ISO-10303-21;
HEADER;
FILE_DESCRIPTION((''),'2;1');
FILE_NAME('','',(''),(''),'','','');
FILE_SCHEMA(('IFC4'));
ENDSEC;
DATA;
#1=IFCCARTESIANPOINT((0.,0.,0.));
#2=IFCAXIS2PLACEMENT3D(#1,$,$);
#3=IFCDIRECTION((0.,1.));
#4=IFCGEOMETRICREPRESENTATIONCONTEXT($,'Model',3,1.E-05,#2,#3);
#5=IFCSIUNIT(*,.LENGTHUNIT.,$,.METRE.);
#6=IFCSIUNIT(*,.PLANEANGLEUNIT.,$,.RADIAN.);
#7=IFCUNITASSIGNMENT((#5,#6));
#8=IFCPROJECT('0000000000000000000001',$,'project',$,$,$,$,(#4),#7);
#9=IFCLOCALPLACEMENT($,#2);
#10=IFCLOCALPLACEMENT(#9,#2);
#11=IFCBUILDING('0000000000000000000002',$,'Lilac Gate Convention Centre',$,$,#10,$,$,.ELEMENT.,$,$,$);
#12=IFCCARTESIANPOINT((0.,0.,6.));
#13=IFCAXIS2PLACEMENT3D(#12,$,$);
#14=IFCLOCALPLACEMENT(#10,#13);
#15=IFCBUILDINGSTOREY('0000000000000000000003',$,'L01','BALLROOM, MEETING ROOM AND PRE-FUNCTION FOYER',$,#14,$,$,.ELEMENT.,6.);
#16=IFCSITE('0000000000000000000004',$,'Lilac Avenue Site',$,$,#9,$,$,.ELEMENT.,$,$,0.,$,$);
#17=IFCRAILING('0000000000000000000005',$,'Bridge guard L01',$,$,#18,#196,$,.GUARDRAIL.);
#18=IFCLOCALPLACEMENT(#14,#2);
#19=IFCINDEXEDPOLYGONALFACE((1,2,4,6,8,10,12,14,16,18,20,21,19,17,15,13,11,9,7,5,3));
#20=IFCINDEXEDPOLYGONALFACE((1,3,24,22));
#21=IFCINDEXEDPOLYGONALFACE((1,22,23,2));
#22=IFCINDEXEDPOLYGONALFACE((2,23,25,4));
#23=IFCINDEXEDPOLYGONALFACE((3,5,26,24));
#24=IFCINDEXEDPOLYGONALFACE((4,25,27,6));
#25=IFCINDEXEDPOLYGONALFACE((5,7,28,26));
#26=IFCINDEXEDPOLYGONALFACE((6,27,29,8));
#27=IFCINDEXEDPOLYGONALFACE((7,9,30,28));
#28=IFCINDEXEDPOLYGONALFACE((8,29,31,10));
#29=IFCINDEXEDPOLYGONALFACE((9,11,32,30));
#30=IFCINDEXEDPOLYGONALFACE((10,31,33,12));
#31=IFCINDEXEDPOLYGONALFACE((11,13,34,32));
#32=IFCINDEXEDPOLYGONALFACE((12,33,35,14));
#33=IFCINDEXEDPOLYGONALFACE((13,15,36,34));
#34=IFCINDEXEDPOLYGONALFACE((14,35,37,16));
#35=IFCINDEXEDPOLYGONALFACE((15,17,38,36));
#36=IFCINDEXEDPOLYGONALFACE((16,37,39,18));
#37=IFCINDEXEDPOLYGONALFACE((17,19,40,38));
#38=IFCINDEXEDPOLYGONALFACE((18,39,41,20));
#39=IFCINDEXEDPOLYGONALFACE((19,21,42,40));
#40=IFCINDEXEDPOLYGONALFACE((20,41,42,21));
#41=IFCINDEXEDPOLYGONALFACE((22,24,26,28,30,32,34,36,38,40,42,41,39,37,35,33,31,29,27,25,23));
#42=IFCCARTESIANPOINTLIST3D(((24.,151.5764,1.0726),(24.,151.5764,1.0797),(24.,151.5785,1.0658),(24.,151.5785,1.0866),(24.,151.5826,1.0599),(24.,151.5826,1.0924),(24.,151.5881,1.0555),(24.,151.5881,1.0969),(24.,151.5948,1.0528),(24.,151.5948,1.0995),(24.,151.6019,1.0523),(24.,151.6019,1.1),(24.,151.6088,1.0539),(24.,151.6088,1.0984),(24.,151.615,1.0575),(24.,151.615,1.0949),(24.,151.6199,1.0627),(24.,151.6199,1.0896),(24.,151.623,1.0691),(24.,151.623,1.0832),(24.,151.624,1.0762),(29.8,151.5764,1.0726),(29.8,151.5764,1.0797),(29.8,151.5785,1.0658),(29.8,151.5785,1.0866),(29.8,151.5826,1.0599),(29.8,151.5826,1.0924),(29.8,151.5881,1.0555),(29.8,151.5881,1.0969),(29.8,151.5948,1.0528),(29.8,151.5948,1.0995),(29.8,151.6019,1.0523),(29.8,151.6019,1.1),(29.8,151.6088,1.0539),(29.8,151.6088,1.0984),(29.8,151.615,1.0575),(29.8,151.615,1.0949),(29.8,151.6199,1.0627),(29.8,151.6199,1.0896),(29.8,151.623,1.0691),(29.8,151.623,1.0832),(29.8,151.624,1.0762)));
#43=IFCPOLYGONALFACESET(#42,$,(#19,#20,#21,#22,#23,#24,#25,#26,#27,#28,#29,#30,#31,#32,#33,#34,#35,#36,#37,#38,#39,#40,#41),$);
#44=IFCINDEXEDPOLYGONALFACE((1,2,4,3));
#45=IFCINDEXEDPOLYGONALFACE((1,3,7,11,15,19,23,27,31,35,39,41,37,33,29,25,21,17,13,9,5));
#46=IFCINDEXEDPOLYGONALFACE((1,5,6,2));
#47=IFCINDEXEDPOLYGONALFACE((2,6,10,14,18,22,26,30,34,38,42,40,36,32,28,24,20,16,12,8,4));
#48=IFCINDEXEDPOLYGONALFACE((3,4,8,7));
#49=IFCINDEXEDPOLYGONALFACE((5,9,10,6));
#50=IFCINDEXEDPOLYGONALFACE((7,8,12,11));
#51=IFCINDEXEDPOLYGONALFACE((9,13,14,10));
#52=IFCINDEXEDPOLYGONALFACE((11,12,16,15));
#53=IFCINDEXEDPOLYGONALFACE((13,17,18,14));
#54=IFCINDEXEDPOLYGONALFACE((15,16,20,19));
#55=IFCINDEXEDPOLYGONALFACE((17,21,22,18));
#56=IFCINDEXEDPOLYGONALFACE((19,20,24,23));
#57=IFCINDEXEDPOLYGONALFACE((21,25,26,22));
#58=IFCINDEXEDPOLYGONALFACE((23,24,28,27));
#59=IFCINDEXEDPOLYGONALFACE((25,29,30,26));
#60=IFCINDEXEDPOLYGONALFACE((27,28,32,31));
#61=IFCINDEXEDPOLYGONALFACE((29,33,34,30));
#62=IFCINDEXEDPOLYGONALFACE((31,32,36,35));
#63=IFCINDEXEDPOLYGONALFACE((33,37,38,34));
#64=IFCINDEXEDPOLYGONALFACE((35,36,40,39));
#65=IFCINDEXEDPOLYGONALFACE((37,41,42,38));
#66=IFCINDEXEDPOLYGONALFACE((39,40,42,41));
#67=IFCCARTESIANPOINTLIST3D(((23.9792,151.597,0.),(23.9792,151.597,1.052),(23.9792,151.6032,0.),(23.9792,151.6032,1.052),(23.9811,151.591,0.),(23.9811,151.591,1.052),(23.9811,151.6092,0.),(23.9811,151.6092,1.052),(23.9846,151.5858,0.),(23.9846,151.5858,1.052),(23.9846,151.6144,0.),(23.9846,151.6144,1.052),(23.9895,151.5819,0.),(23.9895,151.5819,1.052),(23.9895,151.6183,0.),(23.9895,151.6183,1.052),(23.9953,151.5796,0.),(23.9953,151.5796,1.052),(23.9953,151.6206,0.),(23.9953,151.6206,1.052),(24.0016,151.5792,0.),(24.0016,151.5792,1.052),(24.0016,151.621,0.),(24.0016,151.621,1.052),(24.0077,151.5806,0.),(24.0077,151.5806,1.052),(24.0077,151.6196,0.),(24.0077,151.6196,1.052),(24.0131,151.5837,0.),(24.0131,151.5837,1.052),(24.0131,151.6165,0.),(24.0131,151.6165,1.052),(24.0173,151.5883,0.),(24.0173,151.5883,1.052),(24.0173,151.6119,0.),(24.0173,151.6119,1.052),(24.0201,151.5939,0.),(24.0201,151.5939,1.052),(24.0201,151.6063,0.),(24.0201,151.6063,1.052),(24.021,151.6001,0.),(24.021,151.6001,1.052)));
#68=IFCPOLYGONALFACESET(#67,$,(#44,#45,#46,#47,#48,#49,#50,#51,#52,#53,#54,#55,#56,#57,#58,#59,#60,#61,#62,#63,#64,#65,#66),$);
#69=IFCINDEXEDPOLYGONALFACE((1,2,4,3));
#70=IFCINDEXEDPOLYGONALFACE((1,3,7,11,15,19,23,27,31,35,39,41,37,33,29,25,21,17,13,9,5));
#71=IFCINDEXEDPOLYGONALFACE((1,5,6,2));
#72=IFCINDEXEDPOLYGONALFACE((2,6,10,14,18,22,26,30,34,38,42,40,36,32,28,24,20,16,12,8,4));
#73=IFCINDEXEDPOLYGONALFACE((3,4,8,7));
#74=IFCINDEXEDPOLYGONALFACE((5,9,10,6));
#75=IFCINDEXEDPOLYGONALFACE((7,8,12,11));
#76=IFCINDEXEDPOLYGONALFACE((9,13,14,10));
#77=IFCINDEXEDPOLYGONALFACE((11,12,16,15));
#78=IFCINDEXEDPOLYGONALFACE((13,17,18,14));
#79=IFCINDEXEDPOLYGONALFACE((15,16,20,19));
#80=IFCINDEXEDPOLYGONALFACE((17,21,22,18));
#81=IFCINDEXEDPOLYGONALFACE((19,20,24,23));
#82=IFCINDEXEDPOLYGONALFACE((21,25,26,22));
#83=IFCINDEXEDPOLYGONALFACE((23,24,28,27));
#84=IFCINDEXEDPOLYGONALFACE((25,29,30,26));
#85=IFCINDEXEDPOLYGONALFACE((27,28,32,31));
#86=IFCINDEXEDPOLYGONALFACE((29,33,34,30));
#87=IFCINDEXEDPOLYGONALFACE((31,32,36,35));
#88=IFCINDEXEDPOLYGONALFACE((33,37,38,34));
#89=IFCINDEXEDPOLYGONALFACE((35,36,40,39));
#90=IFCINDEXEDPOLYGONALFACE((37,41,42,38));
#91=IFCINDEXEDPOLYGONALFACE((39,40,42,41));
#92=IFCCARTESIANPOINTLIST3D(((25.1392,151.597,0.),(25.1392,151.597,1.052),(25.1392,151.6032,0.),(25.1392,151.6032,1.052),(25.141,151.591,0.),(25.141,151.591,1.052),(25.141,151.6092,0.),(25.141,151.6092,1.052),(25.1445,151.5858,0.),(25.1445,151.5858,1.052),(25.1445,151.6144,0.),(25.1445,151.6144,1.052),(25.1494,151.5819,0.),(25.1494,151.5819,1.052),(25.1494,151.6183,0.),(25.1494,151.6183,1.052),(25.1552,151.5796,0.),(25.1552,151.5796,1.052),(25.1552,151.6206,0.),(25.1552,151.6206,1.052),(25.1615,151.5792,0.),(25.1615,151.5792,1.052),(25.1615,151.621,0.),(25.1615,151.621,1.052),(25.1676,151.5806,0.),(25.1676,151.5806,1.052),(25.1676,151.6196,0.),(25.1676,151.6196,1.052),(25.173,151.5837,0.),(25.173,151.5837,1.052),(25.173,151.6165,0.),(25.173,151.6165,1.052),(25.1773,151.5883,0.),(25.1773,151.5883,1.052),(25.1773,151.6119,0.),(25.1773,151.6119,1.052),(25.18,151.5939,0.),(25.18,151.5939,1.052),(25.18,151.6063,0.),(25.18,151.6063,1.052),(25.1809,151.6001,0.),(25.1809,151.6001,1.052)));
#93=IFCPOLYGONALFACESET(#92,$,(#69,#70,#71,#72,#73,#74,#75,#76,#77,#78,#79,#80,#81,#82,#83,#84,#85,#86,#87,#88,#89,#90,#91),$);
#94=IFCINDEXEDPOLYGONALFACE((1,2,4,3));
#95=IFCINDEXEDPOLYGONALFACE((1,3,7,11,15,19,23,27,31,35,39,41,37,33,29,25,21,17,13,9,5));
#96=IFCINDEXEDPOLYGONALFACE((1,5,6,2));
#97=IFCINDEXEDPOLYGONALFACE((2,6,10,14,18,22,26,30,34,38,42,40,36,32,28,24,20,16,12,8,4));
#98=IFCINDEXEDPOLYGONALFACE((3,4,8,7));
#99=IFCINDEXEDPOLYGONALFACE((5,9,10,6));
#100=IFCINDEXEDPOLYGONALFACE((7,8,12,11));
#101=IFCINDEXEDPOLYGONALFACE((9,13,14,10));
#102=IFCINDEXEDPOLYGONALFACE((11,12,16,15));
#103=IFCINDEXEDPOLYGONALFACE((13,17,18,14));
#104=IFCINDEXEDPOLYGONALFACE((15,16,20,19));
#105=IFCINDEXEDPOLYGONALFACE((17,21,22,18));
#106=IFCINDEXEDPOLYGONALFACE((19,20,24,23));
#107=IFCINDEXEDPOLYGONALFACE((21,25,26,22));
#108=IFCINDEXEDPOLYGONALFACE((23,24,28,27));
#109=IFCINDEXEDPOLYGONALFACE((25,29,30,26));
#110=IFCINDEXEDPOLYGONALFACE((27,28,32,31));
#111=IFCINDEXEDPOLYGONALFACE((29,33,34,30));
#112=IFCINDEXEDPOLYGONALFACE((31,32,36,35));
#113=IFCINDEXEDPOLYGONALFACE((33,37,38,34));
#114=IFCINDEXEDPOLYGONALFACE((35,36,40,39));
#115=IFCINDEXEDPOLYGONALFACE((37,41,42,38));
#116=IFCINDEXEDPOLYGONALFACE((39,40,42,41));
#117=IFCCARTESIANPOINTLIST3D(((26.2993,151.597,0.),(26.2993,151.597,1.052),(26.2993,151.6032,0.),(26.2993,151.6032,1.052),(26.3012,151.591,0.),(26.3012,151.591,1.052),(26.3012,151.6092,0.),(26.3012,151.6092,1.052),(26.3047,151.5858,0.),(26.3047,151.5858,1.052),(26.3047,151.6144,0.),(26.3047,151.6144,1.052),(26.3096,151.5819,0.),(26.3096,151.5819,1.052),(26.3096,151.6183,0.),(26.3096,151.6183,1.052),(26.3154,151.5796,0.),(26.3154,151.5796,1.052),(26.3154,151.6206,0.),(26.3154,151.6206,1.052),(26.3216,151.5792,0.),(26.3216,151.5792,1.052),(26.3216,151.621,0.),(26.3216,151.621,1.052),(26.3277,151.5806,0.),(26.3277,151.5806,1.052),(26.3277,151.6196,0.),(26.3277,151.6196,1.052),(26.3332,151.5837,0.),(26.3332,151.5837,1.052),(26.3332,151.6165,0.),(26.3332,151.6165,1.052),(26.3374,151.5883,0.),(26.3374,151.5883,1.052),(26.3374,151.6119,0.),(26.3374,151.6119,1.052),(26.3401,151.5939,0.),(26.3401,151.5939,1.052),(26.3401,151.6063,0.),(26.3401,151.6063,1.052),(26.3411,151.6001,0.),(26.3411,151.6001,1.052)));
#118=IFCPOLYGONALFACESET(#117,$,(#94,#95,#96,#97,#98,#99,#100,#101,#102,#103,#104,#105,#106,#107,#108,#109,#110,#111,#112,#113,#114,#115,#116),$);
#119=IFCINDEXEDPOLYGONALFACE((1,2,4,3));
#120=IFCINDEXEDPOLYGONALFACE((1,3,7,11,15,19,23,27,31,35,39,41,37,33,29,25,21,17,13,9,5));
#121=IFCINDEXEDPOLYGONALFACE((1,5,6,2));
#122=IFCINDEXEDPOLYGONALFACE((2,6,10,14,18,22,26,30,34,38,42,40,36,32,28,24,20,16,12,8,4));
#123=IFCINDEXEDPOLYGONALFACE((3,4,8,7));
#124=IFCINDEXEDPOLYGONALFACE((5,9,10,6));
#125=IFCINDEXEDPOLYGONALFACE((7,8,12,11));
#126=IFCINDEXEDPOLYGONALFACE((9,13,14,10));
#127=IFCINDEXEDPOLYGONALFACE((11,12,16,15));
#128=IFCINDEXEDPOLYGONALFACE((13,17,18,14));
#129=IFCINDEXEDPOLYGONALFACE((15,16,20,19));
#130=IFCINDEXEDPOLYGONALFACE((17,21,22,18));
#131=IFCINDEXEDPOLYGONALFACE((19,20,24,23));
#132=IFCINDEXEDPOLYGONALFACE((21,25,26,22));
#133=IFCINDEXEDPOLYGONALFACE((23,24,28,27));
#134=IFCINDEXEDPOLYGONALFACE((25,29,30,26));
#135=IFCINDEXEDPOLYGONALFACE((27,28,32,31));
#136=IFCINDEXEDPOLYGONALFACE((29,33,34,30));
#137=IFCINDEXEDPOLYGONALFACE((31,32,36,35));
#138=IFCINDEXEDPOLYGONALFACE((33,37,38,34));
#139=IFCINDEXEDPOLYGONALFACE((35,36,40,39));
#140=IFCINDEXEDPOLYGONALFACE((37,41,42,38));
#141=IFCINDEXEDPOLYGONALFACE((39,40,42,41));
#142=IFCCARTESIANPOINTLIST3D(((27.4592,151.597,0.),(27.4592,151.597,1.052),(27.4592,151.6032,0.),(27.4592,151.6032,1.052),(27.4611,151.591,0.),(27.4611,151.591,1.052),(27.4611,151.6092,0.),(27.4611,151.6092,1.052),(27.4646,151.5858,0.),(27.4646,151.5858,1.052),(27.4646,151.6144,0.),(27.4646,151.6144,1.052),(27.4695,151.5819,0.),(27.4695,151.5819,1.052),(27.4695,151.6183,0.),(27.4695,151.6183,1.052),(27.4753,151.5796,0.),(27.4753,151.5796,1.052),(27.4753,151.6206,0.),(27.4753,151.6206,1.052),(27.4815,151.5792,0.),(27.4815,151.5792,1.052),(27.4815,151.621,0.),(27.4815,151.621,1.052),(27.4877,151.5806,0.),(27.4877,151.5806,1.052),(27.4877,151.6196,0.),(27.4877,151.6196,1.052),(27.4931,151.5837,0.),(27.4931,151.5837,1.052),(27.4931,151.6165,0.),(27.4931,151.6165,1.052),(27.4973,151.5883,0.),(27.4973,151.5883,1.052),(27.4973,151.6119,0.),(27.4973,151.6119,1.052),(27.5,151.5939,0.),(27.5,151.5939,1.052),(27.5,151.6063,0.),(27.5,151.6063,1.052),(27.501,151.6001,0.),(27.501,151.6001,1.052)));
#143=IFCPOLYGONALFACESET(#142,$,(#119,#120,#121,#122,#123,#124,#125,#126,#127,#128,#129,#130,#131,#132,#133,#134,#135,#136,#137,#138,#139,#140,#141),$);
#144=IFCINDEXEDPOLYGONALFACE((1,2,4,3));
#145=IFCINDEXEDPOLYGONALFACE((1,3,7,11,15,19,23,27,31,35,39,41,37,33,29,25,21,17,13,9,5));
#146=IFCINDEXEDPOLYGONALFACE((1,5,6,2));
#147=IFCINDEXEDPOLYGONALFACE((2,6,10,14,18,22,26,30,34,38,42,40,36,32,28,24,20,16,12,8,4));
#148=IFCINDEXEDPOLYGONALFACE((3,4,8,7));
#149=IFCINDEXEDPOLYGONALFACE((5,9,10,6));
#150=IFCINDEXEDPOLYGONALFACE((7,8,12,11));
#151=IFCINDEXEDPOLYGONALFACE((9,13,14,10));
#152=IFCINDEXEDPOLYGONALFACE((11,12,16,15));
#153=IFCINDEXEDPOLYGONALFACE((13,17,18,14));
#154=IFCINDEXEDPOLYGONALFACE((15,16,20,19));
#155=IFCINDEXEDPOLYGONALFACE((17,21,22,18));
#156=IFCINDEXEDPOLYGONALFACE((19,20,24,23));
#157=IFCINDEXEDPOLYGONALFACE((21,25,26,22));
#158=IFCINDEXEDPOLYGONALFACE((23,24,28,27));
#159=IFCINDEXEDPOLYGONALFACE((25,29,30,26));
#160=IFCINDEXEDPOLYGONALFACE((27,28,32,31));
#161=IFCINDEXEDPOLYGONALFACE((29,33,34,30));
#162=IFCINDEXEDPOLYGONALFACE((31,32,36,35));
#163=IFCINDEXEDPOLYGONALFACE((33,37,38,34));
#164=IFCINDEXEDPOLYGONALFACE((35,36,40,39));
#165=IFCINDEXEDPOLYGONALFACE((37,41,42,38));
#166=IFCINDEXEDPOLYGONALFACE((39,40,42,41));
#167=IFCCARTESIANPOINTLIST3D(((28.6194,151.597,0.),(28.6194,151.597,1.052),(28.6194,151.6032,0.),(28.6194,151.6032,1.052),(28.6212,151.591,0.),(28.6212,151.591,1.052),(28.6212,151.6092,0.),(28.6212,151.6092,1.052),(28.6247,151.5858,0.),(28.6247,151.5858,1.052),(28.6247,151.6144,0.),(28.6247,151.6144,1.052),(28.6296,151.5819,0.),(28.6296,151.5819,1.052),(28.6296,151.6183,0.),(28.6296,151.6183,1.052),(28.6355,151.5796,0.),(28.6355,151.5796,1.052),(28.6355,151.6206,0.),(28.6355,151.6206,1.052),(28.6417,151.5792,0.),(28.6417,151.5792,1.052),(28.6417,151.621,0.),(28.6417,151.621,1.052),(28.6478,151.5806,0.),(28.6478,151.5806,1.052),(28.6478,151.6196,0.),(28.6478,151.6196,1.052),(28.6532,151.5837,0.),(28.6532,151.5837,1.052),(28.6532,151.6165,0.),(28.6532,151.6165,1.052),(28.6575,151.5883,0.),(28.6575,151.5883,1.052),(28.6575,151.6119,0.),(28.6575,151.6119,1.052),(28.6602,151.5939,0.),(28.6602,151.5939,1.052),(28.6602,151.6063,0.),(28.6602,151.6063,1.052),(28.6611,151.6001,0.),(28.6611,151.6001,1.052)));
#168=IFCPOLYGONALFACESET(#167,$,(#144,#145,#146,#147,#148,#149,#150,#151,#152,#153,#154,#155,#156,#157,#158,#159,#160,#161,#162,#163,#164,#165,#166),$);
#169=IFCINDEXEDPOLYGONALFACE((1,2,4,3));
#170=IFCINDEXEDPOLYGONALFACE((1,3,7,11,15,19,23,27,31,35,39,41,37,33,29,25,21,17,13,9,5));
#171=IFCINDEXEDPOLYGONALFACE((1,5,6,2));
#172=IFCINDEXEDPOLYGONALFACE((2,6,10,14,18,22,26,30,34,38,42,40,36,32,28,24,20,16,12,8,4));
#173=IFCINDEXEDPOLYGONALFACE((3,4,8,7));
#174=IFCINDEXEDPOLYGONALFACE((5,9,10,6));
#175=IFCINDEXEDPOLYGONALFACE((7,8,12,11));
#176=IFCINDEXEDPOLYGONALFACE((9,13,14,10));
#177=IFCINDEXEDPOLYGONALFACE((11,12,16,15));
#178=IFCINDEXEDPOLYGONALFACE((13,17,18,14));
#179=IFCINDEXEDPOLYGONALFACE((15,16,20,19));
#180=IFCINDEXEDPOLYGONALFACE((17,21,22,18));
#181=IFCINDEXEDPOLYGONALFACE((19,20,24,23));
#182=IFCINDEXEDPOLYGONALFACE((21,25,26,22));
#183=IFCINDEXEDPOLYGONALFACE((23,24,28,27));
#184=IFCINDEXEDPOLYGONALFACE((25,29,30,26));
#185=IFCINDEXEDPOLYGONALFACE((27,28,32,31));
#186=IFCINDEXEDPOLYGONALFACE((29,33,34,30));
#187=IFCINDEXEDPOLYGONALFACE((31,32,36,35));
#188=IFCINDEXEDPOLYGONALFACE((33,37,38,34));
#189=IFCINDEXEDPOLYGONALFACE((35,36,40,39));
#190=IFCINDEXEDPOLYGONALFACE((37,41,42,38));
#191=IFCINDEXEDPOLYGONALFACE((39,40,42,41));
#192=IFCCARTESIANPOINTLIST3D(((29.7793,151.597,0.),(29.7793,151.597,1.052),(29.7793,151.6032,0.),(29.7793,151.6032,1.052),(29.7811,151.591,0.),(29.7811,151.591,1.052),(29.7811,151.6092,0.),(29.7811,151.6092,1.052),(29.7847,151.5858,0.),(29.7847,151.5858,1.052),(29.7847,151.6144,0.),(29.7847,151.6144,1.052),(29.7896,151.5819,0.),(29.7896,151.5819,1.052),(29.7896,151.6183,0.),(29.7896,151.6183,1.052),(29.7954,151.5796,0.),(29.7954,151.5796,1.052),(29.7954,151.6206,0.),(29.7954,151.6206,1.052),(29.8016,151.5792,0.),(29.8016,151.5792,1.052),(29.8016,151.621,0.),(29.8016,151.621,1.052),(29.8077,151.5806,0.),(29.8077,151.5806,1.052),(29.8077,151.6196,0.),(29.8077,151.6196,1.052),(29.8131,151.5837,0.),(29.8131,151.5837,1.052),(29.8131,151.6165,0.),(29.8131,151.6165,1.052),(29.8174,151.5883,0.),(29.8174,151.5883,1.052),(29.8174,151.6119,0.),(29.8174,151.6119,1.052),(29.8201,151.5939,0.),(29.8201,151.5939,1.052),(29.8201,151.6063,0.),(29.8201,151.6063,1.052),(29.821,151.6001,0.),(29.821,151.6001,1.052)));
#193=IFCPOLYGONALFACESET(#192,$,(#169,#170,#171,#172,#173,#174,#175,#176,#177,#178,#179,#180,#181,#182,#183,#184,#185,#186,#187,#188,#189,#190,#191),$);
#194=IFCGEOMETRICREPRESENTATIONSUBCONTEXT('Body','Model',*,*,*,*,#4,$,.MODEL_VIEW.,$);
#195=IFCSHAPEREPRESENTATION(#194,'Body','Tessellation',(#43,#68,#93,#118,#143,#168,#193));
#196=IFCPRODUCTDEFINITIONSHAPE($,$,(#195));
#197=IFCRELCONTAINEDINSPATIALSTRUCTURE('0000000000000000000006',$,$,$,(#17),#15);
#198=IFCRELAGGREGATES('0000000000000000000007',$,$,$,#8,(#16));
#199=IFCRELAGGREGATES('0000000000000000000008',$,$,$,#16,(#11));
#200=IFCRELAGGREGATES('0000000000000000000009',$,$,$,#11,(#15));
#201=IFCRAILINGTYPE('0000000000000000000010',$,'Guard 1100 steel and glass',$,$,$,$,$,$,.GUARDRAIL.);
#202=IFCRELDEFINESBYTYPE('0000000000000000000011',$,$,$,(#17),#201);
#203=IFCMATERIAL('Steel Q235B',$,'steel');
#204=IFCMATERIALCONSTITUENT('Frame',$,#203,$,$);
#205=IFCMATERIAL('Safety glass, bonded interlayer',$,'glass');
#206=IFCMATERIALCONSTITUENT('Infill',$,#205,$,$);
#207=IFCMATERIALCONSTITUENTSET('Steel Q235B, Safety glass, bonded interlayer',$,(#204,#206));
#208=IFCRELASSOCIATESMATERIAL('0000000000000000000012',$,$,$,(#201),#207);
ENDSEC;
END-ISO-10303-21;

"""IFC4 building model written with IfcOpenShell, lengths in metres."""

from ifc_helpers import new_model, si_unit, direction, frame, origin, origin_2d, place, context, subcontext, project, spatial, circle, extrude, material, constituent, constituent_set, type_object, element, save


model = new_model("IFC4")

# Units and contexts
model_context = context("Model", 3, precision=1e-05, world=origin(), true_north=direction((0.0, 1.0)))
body_context = subcontext(model_context, "Body", "Model", "MODEL_VIEW")
ifc_project = project(units=[si_unit("LENGTHUNIT", "METRE"), si_unit("PLANEANGLEUNIT", "RADIAN")], contexts=[model_context])

# Site, building, storey
site_placement = place(None, origin())
site = spatial("IfcSite", under=ifc_project, at=site_placement, Name="Lilac Avenue Site", CompositionType="ELEMENT", RefElevation=0.0)
building_placement = place(site_placement, origin())
building = spatial("IfcBuilding", under=site, at=building_placement, Name="Lilac Gate Convention Centre", CompositionType="ELEMENT")
storey_placement = place(building_placement, frame((0.0, 0.0, 6.0)))
storey = spatial("IfcBuildingStorey", under=building, at=storey_placement, Name="L01", Description="BALLROOM, MEETING ROOM AND PRE-FUNCTION FOYER", CompositionType="ELEMENT", Elevation=6.0)

# Railing
ifc_material_1 = material(Name="Steel Q235B", Category="steel")
ifc_constituent_1 = constituent(ifc_material_1, Name="Frame")
ifc_material_2 = material(Name="Safety glass, bonded interlayer", Category="glass")
ifc_constituent_2 = constituent(ifc_material_2, Name="Infill")
ifc_constituent_set = constituent_set(constituents=[ifc_constituent_1, ifc_constituent_2], Name="Steel Q235B, Safety glass, bonded interlayer")
railing_type = type_object("IfcRailingType", Name="Guard 1100 steel and glass", PredefinedType="GUARDRAIL", material=ifc_constituent_set)
for number, where, name in (
    (1, (24.0, 151.6001, 0.0), "Bridge guard L01"),
):
    element("IfcRailing", number, at=place(storey_placement, frame(where)), inside=storey, type_object=railing_type, Name=name, PredefinedType="GUARDRAIL", context=body_context, shape_type="SweptSolid", body=[
        extrude(circle(Radius=0.0239, at=origin_2d()), frame((0.0, 0.0, 1.0762), z_axis=(1.0, 0.0, 0.0), x_axis=(0.0, 1.0, 0.0)), (0.0, 0.0, 1.0), 5.8),
        extrude(circle(Radius=0.021, at=origin_2d()), origin(), (0.0, 0.0, 1.0), 1.052),
        extrude(circle(Radius=0.021, at=origin_2d()), frame((1.1599, 0.0, 0.0)), (0.0, 0.0, 1.0), 1.052),
        extrude(circle(Radius=0.021, at=origin_2d()), frame((2.3201, 0.0, 0.0)), (0.0, 0.0, 1.0), 1.052),
        extrude(circle(Radius=0.021, at=origin_2d()), frame((3.48, 0.0, 0.0)), (0.0, 0.0, 1.0), 1.052),
        extrude(circle(Radius=0.021, at=origin_2d()), frame((4.6401, 0.0, 0.0)), (0.0, 0.0, 1.0), 1.052),
        extrude(circle(Radius=0.021, at=origin_2d()), frame((5.8, 0.0, 0.0)), (0.0, 0.0, 1.0), 1.052),
    ])

save(model, "model.ifc")
